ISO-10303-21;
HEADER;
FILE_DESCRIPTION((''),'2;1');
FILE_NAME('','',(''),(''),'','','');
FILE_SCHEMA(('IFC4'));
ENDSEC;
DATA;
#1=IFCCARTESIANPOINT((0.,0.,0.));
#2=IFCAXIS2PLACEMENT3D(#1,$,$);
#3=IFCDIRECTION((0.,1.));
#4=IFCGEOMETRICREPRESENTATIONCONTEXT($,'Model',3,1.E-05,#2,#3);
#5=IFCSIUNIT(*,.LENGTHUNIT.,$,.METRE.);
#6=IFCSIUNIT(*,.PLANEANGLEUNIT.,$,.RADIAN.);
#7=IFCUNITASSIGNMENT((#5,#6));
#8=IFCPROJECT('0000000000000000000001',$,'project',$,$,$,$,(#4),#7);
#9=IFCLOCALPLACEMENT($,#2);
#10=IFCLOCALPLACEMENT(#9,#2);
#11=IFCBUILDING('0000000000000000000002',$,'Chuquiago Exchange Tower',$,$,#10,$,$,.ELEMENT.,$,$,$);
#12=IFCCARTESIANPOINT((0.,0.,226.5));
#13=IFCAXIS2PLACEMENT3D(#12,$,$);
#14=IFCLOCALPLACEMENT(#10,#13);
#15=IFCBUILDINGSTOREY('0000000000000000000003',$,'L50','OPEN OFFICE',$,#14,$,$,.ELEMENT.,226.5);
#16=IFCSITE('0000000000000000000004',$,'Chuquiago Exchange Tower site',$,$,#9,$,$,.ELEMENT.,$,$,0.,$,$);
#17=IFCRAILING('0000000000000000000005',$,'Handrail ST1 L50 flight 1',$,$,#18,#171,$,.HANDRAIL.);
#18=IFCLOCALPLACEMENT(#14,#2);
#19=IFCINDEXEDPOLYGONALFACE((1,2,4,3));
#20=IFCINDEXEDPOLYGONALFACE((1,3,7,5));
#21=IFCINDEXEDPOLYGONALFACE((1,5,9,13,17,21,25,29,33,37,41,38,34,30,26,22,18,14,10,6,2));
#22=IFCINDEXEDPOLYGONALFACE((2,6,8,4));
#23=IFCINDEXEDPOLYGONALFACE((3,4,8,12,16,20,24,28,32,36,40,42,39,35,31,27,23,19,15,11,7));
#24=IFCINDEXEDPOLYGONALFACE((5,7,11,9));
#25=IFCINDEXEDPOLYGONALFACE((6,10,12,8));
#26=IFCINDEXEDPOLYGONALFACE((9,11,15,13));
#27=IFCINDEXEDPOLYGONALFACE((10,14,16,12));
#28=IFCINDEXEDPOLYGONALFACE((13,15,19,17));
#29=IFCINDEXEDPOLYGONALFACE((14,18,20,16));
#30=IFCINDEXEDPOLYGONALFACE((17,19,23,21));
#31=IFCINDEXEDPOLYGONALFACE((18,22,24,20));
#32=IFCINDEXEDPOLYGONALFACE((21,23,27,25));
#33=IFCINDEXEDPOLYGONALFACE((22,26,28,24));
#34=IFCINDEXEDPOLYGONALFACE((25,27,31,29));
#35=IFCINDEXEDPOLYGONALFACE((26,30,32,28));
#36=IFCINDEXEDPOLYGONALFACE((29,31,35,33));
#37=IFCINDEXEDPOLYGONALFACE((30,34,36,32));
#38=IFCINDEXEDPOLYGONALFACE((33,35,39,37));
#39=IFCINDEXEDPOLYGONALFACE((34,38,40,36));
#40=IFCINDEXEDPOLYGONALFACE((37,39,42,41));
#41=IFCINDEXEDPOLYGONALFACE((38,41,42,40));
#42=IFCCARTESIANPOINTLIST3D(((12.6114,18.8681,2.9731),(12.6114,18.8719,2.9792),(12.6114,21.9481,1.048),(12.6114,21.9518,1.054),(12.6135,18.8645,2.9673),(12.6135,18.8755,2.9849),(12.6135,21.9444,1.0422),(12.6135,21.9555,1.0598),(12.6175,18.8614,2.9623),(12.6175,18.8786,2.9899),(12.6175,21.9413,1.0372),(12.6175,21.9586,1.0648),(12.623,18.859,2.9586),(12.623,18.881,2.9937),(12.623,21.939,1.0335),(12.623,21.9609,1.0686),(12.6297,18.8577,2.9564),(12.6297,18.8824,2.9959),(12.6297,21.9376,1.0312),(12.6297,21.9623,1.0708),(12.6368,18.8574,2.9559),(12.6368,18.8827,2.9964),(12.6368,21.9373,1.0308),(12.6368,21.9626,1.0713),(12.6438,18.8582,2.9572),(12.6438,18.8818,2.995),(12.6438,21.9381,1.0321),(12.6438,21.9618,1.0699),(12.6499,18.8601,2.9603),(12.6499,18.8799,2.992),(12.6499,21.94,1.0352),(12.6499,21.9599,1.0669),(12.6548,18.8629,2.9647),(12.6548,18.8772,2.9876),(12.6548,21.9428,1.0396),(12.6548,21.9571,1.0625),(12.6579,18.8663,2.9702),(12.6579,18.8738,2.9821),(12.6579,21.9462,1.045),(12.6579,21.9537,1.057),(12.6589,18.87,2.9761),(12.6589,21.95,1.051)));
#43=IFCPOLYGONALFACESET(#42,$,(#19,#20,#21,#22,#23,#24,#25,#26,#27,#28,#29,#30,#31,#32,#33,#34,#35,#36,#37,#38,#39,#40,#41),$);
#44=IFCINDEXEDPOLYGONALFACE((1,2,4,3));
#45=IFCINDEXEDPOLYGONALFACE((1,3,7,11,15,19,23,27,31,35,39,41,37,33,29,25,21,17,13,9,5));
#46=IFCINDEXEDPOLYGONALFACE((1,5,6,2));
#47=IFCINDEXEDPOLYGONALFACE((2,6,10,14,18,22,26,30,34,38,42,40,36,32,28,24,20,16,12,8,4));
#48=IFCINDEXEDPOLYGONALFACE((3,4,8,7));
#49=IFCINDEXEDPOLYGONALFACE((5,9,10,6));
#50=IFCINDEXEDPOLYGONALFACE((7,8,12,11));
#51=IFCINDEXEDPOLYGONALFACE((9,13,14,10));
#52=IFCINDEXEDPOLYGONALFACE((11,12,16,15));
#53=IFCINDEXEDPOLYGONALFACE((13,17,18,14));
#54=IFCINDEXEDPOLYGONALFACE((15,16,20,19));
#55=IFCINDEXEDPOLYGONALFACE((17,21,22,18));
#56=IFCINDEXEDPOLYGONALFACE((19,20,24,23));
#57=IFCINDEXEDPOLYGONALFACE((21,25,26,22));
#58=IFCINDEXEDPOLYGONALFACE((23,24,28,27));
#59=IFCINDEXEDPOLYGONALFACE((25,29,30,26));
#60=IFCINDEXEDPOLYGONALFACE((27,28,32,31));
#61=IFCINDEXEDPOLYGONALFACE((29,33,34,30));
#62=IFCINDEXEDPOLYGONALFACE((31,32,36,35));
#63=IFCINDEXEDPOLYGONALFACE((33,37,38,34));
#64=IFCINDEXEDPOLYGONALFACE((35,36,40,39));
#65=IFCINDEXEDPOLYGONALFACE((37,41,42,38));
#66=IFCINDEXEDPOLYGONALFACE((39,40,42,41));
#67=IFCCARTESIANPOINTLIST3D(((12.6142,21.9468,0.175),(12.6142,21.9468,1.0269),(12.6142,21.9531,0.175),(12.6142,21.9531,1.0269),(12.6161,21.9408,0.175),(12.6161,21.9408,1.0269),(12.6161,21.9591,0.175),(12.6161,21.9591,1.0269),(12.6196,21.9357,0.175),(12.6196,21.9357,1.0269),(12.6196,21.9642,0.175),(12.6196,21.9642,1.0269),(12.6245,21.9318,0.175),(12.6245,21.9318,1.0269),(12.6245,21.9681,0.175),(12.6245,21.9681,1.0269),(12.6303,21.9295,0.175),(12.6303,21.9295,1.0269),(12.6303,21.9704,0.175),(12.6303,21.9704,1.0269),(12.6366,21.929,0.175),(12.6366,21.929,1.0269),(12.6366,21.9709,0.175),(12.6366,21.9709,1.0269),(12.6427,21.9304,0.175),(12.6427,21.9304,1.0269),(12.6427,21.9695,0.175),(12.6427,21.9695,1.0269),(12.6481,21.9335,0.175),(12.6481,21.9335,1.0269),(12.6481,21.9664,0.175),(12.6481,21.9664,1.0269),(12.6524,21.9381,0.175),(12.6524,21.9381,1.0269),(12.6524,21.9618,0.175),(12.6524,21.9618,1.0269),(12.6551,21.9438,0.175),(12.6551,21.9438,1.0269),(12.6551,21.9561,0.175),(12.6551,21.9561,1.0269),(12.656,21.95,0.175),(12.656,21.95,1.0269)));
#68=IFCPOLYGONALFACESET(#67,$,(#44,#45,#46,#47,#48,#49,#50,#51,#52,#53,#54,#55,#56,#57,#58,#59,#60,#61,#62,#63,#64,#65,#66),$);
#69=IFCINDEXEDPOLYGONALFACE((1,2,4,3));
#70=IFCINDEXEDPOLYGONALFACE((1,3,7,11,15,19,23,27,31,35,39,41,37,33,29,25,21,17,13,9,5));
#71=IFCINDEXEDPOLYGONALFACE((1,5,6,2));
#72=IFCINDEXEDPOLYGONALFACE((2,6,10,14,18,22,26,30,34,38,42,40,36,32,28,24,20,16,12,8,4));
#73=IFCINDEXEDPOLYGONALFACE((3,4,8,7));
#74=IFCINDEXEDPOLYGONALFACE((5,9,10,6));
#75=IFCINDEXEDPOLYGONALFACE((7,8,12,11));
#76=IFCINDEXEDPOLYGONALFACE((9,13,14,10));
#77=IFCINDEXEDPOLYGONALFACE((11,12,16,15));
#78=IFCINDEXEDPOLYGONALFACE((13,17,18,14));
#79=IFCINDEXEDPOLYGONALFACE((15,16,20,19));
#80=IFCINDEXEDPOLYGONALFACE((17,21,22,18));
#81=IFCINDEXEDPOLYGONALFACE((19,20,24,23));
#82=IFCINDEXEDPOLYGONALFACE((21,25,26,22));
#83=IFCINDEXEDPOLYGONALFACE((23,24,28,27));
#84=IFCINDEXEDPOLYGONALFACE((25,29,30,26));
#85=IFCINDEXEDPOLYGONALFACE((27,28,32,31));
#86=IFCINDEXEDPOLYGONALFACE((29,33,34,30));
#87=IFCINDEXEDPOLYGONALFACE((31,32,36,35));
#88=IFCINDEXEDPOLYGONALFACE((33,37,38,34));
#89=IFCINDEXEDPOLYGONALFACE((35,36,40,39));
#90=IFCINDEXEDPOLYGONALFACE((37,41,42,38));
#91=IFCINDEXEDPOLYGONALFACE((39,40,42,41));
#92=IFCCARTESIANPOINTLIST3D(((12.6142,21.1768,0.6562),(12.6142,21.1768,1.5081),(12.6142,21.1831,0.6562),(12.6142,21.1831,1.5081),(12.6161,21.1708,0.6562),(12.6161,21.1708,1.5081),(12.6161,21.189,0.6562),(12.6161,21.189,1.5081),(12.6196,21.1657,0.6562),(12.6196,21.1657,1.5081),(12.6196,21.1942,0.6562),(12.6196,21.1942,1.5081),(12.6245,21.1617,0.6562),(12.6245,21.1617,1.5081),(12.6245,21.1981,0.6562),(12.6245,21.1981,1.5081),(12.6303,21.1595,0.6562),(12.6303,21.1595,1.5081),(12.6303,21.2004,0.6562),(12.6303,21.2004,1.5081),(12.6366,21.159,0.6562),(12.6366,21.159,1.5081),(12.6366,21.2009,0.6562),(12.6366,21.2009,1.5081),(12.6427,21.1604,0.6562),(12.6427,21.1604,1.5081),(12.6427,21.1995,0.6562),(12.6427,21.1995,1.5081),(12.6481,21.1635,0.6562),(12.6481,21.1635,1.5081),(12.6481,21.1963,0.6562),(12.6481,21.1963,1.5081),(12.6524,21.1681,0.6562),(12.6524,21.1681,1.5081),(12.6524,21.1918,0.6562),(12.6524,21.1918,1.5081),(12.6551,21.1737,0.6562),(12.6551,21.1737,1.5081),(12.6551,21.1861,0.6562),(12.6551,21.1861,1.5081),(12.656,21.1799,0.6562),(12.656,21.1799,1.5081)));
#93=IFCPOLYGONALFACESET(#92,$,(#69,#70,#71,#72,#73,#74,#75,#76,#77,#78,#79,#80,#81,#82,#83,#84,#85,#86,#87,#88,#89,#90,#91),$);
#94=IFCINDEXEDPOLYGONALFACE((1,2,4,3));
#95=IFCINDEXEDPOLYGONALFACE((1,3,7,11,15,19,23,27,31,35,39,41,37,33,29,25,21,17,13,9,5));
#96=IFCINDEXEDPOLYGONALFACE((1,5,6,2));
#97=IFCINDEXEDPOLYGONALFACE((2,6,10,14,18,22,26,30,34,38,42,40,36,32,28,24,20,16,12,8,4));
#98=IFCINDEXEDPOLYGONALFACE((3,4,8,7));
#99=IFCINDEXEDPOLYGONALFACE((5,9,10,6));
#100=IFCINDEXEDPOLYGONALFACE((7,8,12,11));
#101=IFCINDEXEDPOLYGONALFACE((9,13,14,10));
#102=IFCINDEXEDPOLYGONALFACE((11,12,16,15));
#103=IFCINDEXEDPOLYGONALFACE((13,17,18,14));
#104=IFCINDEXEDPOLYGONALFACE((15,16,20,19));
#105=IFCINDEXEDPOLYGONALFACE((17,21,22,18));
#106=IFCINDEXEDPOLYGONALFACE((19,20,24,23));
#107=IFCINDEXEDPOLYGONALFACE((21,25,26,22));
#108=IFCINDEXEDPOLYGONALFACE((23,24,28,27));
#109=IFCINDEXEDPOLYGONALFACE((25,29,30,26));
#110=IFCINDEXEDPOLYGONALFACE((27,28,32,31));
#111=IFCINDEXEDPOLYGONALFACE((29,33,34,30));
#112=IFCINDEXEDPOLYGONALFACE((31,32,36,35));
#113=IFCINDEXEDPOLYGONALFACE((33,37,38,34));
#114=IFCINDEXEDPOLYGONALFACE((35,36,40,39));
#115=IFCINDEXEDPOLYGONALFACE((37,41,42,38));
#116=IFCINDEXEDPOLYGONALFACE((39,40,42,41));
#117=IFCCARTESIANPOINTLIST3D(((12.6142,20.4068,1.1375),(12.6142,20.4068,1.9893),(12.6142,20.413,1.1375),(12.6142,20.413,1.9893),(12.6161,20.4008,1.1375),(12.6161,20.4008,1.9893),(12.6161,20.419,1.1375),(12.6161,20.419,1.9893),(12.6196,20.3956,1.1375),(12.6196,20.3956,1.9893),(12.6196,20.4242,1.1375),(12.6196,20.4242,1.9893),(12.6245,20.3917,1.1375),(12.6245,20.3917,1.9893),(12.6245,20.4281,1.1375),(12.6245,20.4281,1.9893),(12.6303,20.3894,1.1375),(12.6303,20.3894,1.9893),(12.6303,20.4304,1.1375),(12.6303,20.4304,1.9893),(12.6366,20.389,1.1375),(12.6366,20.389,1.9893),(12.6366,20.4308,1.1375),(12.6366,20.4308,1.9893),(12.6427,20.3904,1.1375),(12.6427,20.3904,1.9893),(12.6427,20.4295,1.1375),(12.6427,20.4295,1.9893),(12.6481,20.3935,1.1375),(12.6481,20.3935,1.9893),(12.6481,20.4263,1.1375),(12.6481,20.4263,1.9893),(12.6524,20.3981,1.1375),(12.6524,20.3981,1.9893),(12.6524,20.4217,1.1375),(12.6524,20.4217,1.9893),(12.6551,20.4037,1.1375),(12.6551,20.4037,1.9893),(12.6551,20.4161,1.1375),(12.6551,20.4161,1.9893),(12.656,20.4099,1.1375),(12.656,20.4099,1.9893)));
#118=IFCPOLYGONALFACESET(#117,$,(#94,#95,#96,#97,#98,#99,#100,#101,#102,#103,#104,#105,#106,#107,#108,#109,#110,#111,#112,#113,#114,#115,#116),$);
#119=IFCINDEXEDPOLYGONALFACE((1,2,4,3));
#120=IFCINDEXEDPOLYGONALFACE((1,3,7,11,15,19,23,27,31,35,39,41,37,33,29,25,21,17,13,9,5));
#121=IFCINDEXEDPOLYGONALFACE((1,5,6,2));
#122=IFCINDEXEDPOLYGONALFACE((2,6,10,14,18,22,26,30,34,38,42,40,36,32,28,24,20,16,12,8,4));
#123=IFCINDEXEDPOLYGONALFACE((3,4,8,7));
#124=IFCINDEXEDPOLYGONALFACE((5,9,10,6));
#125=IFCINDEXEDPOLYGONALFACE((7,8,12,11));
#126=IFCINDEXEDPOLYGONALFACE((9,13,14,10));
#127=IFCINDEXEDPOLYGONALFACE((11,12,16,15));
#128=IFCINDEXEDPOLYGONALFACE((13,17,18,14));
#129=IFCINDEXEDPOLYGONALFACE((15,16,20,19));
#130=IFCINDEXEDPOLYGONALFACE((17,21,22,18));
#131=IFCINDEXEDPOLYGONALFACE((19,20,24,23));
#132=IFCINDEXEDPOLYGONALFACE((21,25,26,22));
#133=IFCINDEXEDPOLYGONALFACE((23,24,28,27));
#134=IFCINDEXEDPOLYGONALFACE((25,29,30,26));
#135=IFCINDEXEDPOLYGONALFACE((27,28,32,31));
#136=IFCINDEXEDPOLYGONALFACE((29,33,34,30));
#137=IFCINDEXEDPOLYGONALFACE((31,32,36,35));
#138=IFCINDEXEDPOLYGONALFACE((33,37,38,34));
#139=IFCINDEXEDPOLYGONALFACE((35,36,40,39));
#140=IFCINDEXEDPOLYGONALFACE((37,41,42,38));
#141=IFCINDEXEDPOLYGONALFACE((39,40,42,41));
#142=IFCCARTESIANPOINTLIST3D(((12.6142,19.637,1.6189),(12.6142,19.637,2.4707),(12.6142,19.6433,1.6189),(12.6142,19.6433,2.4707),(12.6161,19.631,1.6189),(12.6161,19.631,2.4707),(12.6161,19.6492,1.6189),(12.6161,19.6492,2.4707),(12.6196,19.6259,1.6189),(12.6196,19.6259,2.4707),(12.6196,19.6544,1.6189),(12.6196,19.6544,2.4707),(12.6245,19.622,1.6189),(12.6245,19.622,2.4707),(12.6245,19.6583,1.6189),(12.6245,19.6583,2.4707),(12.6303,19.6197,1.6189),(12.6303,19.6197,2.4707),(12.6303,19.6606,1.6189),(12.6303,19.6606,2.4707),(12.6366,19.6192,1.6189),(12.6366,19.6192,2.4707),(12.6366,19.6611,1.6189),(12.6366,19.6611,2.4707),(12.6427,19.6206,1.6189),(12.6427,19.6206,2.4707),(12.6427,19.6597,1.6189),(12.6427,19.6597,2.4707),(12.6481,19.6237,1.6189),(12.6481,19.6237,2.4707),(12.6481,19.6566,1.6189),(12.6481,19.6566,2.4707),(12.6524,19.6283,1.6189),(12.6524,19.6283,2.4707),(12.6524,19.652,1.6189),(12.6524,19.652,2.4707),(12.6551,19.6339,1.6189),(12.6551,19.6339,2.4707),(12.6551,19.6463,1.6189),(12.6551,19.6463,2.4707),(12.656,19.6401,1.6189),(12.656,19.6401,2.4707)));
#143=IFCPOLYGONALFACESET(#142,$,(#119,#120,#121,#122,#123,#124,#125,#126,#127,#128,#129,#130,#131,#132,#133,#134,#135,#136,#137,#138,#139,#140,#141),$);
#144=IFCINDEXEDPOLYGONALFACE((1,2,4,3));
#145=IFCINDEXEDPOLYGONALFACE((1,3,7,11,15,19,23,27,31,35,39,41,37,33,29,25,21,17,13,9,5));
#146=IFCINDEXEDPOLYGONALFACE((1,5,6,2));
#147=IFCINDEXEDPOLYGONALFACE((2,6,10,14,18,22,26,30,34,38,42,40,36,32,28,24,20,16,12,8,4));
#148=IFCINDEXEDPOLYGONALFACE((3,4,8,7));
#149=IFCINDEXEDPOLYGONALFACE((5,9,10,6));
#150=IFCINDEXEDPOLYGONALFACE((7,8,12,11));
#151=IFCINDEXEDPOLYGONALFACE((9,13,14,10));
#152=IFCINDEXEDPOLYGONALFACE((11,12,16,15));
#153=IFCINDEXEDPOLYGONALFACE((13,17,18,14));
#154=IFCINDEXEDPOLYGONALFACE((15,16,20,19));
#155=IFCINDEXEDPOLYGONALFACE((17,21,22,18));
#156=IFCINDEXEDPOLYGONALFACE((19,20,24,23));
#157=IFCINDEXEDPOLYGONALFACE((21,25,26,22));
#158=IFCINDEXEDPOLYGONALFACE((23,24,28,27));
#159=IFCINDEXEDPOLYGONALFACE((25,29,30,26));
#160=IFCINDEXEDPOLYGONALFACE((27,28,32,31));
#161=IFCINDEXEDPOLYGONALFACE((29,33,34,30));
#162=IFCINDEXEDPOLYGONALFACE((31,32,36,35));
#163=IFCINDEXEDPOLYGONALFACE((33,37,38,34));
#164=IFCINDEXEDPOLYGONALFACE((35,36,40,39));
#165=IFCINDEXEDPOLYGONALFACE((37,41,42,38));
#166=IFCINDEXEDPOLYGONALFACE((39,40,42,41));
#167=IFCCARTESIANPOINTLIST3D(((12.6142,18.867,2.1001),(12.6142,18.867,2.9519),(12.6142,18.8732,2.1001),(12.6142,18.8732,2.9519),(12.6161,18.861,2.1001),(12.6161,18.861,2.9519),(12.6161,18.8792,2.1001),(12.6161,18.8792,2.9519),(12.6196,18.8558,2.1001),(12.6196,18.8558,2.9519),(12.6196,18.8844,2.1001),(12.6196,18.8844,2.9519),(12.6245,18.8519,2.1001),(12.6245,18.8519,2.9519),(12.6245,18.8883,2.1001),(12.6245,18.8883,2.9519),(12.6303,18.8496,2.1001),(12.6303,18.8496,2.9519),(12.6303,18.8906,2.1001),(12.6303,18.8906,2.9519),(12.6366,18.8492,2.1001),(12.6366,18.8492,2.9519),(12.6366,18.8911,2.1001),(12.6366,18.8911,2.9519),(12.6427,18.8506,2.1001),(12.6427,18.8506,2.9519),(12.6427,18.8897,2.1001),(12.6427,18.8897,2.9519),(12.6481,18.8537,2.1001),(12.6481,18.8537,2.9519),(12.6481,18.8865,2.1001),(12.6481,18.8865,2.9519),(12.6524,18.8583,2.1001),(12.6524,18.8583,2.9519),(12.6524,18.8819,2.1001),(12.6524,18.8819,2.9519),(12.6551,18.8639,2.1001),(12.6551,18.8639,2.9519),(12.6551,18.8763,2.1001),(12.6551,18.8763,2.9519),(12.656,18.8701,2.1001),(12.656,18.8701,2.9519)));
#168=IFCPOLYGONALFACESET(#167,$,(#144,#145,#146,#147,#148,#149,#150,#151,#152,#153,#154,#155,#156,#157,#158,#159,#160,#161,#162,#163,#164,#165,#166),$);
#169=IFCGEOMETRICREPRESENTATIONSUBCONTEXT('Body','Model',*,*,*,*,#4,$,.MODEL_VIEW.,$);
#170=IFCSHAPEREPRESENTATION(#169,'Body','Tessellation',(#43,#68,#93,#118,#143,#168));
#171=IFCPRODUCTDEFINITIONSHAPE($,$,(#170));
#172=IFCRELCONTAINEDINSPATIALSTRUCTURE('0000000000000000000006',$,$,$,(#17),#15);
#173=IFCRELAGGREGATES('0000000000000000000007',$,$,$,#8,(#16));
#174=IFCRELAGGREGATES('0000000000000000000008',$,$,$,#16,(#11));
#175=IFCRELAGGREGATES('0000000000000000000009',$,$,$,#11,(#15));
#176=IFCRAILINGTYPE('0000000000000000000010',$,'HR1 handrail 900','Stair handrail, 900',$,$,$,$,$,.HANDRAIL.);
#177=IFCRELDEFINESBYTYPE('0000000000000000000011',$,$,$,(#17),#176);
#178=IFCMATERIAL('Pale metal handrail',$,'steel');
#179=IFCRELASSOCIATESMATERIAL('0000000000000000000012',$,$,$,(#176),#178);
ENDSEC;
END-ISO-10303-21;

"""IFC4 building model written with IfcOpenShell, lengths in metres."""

from ifc_helpers import new_model, si_unit, direction, frame, origin, origin_2d, place, context, subcontext, project, spatial, circle, extrude, material, type_object, element, save


model = new_model("IFC4")

# Units and contexts
model_context = context("Model", 3, precision=1e-05, world=origin(), true_north=direction((0.0, 1.0)))
body_context = subcontext(model_context, "Body", "Model", "MODEL_VIEW")
ifc_project = project(units=[si_unit("LENGTHUNIT", "METRE"), si_unit("PLANEANGLEUNIT", "RADIAN")], contexts=[model_context])

# Site, building, storey
site_placement = place(None, origin())
site = spatial("IfcSite", under=ifc_project, at=site_placement, Name="Chuquiago Exchange Tower site", CompositionType="ELEMENT", RefElevation=0.0)
building_placement = place(site_placement, origin())
building = spatial("IfcBuilding", under=site, at=building_placement, Name="Chuquiago Exchange Tower", CompositionType="ELEMENT")
storey_placement = place(building_placement, frame((0.0, 0.0, 226.5)))
storey = spatial("IfcBuildingStorey", under=building, at=storey_placement, Name="L50", Description="OPEN OFFICE", CompositionType="ELEMENT", Elevation=226.5)

# Railing
ifc_material_1 = material(Name="Pale metal handrail", Category="steel")
railing_type_1 = type_object("IfcRailingType", Name="HR1 handrail 900", Description="Stair handrail, 900", PredefinedType="HANDRAIL", material=ifc_material_1)
for number, where, name in (
    (1, (12.635, 21.95, 0.175), "Handrail ST1 L50 flight 1"),
):
    element("IfcRailing", number, at=place(storey_placement, frame(where)), inside=storey, type_object=railing_type_1, Name=name, PredefinedType="HANDRAIL", context=body_context, shape_type="SweptSolid", body=[
        extrude(circle(Radius=0.0239, at=origin_2d()), frame((0.0, 0.0, 0.876), z_axis=(0.0, -0.847979, 0.530029), x_axis=(1.0, 0.0, 0.0)), (0.0, 0.0, 1.0), 3.6321),
        extrude(circle(Radius=0.021, at=origin_2d()), origin(), (0.0, 0.0, 1.0), 0.8518),
        extrude(circle(Radius=0.021, at=origin_2d()), frame((0.0, -0.77, 0.4812)), (0.0, 0.0, 1.0), 0.8518),
        extrude(circle(Radius=0.021, at=origin_2d()), frame((0.0, -1.54, 0.9624)), (0.0, 0.0, 1.0), 0.8518),
        extrude(circle(Radius=0.021, at=origin_2d()), frame((0.0, -2.3098, 1.4438)), (0.0, 0.0, 1.0), 0.8518),
        extrude(circle(Radius=0.021, at=origin_2d()), frame((0.0, -3.0798, 1.925)), (0.0, 0.0, 1.0), 0.8518),
    ])

save(model, "model.ifc")
